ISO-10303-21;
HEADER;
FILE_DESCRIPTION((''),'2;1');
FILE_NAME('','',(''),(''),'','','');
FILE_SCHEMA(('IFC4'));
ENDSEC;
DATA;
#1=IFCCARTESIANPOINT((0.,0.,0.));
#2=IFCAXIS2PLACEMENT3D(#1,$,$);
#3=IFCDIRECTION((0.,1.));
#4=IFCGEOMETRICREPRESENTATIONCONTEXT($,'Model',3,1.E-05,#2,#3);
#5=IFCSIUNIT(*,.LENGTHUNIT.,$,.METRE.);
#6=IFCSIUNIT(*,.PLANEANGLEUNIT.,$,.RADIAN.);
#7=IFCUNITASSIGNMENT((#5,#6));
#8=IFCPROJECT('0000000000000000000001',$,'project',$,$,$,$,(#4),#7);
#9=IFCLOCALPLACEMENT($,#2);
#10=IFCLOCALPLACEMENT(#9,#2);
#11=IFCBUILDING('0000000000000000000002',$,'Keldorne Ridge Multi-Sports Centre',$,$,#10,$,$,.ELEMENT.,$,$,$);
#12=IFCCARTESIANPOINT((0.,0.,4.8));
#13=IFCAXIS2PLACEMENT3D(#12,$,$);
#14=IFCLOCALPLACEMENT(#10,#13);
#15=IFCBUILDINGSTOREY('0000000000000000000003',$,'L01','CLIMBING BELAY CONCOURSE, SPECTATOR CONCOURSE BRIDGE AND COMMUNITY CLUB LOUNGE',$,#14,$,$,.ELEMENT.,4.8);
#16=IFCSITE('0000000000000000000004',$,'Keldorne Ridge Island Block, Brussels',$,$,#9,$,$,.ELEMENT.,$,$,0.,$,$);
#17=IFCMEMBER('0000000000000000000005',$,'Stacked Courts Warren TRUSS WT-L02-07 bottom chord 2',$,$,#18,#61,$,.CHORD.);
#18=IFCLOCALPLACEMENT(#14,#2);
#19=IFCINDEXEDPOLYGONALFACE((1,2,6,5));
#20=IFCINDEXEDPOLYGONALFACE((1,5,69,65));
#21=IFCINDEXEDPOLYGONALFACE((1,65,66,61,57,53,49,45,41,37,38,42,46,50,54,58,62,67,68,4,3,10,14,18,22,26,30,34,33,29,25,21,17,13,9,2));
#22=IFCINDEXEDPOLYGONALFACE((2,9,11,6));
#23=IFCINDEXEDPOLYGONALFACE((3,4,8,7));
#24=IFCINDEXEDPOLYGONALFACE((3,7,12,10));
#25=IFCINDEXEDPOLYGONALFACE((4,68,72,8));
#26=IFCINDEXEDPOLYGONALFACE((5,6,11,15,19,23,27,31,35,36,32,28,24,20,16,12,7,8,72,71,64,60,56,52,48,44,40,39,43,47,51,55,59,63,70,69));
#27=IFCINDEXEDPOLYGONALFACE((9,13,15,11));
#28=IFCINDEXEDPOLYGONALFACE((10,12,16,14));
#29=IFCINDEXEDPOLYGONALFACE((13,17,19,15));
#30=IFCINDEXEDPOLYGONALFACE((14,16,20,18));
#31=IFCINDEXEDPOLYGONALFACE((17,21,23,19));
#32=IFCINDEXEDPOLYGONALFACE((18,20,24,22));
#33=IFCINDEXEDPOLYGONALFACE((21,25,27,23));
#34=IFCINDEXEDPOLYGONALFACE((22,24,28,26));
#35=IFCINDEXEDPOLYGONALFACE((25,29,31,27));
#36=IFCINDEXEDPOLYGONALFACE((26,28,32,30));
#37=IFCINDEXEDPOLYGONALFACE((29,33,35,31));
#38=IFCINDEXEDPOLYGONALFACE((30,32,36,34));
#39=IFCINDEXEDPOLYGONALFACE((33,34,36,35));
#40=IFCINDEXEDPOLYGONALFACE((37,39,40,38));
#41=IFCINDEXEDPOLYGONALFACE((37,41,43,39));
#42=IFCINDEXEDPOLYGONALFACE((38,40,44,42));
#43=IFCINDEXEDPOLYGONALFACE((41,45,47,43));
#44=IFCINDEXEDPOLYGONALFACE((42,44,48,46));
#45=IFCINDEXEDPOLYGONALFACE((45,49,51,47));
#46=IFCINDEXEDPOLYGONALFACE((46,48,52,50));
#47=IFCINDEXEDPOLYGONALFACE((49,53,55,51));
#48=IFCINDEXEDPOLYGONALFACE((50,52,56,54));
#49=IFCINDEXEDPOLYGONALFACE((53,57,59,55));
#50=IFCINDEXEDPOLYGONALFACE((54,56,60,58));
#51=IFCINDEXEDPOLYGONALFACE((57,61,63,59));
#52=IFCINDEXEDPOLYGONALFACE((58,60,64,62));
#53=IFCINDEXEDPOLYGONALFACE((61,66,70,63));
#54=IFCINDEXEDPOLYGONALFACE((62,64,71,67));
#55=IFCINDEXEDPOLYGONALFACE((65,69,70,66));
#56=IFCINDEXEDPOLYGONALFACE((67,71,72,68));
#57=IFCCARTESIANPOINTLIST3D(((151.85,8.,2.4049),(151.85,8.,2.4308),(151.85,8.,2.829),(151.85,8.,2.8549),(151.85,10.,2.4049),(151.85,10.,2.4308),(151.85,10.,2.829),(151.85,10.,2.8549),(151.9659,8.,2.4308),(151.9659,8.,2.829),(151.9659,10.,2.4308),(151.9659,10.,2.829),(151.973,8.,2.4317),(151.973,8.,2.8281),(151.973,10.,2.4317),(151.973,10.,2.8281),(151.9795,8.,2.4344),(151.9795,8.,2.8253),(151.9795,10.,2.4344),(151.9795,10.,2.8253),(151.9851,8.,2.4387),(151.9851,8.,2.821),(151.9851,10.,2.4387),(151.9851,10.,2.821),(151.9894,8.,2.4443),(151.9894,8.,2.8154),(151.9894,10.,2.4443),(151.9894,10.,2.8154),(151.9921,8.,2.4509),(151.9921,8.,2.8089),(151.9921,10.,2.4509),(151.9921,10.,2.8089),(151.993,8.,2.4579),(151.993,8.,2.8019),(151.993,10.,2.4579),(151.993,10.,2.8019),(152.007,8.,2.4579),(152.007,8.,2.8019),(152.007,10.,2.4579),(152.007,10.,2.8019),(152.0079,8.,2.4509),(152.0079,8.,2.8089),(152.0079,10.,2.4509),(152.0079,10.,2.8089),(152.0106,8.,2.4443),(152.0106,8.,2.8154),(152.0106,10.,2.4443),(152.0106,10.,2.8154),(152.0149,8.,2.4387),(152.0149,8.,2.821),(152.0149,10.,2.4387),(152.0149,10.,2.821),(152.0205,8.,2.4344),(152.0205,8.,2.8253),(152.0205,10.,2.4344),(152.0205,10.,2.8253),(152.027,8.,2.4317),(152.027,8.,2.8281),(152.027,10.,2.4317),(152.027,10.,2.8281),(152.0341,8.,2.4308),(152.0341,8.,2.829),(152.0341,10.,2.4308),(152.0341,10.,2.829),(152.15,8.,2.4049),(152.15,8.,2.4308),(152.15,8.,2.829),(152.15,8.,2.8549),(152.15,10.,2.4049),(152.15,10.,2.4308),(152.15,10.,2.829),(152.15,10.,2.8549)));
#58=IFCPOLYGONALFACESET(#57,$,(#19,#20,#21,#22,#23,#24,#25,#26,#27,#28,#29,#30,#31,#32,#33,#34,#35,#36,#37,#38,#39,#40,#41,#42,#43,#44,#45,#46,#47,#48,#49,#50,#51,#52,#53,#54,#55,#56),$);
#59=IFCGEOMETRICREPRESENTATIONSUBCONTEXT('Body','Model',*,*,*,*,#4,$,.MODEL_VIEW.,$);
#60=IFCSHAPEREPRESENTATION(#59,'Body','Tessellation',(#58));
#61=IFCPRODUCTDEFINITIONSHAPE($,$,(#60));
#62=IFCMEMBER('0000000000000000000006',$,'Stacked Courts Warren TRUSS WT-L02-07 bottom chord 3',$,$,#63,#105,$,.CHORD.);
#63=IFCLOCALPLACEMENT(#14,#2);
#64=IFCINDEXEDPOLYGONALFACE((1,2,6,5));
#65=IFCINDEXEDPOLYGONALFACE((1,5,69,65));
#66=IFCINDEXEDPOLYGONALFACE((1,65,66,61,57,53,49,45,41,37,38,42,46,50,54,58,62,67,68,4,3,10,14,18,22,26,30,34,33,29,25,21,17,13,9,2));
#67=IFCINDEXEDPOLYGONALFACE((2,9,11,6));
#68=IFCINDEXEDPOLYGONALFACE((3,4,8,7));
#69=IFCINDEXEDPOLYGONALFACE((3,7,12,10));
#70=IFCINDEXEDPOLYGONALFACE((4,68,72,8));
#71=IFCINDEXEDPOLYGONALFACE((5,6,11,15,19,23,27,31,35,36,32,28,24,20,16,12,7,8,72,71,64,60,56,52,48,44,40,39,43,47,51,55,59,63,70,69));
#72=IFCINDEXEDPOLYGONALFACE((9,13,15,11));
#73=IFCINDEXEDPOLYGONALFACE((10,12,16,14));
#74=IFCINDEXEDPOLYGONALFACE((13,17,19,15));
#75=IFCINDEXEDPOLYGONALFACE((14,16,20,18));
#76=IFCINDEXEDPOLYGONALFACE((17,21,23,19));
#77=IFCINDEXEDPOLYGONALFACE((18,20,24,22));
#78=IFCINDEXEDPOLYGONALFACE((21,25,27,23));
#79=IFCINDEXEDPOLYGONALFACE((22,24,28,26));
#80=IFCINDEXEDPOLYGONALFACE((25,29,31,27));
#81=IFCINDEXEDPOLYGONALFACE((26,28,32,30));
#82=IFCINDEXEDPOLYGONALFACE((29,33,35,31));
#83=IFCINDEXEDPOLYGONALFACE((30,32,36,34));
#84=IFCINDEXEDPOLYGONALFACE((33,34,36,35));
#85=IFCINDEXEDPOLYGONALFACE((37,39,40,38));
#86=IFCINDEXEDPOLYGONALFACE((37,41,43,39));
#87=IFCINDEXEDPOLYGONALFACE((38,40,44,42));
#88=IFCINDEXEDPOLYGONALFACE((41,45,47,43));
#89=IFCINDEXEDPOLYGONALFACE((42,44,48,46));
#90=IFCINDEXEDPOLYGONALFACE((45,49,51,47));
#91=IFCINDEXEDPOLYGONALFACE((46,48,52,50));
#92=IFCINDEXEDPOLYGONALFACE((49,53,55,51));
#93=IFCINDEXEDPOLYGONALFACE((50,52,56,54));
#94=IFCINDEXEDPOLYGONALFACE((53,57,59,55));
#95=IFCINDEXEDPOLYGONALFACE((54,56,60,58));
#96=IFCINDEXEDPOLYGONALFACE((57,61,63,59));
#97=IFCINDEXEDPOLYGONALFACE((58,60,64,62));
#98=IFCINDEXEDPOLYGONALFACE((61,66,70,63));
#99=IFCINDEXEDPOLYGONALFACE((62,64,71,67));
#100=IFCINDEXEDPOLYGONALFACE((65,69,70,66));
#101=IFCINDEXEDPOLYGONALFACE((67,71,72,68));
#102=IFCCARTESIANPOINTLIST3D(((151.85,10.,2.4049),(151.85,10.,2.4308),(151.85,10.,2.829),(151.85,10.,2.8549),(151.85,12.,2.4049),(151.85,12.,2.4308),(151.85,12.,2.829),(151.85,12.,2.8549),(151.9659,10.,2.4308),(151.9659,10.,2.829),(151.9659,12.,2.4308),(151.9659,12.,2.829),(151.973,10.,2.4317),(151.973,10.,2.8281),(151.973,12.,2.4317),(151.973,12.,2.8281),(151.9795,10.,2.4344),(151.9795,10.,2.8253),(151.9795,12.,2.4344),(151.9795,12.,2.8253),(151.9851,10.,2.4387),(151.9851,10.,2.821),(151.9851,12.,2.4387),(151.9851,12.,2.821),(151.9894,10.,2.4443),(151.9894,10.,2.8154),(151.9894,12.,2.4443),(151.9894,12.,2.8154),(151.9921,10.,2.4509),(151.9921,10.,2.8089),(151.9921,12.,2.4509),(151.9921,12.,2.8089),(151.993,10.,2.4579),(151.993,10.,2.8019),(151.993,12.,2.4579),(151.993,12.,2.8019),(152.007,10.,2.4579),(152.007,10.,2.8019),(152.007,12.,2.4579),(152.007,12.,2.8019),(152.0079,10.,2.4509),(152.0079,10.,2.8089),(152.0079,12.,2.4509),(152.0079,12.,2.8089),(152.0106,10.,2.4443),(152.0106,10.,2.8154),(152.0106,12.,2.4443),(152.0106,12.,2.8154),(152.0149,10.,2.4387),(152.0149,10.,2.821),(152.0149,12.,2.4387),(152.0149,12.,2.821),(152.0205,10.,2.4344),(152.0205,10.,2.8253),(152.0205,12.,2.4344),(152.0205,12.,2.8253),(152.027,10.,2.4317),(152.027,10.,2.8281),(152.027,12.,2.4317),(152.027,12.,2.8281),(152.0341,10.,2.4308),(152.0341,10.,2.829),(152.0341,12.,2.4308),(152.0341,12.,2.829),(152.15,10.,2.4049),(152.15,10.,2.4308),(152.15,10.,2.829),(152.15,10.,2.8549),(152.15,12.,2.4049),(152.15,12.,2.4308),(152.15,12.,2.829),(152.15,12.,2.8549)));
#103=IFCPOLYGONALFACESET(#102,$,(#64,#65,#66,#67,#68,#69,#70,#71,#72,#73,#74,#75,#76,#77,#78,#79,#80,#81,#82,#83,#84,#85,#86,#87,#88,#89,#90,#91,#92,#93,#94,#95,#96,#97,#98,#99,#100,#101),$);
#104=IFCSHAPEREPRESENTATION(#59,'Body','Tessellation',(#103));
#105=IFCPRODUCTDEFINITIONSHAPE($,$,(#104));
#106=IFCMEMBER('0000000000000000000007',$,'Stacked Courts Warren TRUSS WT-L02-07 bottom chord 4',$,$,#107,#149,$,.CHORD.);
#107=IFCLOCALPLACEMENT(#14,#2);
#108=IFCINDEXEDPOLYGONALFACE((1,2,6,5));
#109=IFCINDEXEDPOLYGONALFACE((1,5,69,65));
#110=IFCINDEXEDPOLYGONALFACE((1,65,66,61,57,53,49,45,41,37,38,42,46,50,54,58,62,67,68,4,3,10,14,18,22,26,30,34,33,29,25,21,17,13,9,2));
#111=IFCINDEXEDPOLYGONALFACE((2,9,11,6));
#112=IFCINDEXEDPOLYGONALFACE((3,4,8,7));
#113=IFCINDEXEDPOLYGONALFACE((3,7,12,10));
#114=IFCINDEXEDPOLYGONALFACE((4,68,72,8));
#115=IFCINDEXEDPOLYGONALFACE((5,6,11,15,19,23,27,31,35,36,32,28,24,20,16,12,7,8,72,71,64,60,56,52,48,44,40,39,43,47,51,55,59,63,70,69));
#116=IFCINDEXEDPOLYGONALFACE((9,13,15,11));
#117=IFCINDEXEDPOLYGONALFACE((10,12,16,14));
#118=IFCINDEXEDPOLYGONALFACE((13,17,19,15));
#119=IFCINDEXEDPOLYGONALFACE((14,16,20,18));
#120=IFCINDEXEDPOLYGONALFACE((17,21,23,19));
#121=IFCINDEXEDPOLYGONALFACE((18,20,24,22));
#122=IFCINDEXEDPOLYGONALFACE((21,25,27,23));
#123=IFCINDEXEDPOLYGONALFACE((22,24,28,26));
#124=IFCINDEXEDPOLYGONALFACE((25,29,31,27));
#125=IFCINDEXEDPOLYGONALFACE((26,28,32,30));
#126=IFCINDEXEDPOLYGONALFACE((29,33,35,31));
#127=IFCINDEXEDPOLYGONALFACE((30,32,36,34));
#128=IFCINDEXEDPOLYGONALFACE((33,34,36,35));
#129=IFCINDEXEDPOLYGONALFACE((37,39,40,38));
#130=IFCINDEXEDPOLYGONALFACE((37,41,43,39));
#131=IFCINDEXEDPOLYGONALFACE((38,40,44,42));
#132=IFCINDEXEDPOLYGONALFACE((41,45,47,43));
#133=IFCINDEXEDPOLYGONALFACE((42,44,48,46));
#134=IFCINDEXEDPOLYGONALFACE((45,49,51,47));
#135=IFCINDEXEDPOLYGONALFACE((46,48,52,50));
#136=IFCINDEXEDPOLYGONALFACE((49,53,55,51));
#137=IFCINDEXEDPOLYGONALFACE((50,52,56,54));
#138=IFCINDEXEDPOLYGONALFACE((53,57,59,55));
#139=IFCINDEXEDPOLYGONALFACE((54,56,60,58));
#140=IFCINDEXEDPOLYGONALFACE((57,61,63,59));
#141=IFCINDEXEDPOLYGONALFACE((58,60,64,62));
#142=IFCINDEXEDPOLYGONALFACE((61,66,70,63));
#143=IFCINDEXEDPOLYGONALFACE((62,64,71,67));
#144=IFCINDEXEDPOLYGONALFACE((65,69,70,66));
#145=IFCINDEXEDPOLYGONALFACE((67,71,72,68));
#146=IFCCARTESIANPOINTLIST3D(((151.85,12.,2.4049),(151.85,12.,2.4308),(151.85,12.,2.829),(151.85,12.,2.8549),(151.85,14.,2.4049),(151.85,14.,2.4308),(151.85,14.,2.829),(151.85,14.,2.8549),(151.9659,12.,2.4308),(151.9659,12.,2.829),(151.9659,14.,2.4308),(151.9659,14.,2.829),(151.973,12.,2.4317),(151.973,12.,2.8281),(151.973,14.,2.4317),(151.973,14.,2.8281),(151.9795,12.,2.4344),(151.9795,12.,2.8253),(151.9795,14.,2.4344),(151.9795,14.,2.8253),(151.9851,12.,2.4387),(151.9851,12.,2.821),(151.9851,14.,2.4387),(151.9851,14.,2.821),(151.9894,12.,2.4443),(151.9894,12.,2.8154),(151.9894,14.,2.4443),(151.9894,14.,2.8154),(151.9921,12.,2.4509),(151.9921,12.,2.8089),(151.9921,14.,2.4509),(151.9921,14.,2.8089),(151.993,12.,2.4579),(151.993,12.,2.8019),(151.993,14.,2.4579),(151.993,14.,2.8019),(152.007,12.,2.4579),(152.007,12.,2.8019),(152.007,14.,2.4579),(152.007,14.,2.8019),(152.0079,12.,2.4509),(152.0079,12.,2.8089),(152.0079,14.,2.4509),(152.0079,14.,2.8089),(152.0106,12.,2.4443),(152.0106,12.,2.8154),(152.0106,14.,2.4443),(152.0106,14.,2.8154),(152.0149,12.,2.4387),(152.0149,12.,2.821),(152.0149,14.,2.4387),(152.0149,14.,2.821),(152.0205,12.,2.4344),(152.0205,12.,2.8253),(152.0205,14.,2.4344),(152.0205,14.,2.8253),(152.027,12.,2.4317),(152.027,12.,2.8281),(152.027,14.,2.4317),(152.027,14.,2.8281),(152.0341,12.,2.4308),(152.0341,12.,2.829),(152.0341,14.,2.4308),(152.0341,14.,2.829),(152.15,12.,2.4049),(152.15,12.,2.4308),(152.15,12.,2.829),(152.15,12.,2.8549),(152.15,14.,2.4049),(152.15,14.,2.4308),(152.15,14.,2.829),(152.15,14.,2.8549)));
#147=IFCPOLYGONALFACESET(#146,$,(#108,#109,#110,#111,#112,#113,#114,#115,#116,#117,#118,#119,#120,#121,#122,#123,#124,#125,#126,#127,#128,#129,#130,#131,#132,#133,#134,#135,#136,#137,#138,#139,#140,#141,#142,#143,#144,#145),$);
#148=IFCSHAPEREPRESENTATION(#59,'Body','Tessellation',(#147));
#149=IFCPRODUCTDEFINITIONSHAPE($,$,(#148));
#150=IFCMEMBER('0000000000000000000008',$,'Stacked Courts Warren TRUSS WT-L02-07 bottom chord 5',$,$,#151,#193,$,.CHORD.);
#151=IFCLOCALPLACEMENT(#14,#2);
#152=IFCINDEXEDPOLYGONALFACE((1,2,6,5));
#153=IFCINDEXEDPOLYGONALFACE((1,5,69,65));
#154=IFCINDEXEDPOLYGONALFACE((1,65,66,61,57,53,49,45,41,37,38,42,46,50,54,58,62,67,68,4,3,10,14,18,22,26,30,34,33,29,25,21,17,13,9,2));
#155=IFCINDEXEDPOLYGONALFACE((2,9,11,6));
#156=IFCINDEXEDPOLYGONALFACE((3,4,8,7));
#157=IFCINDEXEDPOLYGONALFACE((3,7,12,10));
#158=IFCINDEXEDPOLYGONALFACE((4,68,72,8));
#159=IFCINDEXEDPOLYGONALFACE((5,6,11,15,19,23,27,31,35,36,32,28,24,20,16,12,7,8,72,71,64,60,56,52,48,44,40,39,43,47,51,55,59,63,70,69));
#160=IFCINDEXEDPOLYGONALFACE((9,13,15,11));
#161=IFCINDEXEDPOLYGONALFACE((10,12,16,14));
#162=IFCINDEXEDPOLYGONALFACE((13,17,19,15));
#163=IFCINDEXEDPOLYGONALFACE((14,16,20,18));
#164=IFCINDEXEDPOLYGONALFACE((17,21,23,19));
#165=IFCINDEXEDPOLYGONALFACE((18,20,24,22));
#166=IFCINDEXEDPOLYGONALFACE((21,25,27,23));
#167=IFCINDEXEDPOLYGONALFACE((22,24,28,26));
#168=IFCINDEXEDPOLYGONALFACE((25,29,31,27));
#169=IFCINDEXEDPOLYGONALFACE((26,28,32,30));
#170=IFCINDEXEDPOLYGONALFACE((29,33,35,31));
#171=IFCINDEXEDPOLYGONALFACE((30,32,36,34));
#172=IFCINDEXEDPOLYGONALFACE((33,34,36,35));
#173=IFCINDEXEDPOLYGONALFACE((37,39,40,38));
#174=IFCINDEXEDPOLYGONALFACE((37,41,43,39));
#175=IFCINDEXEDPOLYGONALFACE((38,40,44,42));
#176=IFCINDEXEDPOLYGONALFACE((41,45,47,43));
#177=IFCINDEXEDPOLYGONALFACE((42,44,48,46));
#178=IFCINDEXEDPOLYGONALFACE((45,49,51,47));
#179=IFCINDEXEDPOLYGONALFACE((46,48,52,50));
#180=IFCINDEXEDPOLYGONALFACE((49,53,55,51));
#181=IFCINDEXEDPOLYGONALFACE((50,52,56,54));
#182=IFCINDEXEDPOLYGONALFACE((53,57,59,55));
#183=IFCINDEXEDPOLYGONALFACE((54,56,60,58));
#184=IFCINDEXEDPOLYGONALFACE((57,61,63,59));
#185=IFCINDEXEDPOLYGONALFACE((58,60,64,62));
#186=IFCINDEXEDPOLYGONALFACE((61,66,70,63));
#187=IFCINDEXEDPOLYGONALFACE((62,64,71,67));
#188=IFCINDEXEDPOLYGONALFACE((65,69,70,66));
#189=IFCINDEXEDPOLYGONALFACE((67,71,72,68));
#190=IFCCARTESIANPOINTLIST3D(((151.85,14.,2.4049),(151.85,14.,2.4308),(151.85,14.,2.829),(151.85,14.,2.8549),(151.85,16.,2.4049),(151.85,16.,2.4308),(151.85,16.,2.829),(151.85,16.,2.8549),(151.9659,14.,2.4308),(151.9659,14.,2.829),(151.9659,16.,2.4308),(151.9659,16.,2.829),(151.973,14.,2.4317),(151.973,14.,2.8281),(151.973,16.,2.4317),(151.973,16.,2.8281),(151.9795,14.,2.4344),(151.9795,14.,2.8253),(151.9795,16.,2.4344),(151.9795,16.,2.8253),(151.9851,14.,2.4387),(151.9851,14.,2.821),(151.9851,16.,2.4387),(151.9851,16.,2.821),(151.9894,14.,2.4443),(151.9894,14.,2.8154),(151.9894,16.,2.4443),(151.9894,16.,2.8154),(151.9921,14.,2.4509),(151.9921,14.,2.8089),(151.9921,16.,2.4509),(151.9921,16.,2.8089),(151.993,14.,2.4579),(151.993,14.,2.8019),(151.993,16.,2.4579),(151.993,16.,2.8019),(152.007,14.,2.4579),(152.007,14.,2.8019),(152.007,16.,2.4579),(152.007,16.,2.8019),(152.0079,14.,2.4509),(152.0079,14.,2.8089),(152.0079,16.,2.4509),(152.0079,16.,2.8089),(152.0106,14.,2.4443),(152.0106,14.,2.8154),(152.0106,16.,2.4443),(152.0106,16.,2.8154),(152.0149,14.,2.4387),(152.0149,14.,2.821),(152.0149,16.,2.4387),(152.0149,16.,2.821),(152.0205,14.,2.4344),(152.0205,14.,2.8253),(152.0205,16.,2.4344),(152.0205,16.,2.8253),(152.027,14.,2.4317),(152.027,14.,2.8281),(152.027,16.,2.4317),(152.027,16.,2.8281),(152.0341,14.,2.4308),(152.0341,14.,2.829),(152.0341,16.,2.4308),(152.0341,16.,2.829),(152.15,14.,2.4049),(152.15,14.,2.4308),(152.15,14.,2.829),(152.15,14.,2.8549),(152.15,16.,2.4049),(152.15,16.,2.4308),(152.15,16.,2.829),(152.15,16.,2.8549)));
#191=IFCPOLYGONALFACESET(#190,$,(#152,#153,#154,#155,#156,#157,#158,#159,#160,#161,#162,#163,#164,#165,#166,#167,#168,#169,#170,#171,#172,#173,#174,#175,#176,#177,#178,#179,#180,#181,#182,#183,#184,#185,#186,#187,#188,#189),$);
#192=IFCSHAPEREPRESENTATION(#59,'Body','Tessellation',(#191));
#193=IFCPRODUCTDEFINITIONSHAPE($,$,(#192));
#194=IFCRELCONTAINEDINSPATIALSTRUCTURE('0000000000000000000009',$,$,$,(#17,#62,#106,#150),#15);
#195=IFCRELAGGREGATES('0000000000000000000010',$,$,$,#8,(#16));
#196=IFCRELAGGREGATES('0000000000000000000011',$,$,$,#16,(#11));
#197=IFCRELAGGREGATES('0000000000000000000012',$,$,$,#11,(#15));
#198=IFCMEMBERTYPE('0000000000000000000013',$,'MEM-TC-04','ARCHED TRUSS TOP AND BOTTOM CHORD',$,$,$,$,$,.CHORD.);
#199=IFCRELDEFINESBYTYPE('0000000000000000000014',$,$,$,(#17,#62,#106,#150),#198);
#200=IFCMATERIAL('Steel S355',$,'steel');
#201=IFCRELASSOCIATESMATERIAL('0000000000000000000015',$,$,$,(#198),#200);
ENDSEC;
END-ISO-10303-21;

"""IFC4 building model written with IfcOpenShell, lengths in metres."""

from ifc_helpers import new_model, si_unit, direction, frame, origin, origin_2d, place, context, subcontext, project, spatial, i_section, extrude, material, material_profile, profile_set, type_object, element, save


model = new_model("IFC4")

# Units and contexts
model_context = context("Model", 3, precision=1e-05, world=origin(), true_north=direction((0.0, 1.0)))
body_context = subcontext(model_context, "Body", "Model", "MODEL_VIEW")
ifc_project = project(units=[si_unit("LENGTHUNIT", "METRE"), si_unit("PLANEANGLEUNIT", "RADIAN")], contexts=[model_context])

# Site, building, storey
site_placement = place(None, origin())
site = spatial("IfcSite", under=ifc_project, at=site_placement, Name="Keldorne Ridge Island Block, Brussels", CompositionType="ELEMENT", RefElevation=0.0)
building_placement = place(site_placement, origin())
building = spatial("IfcBuilding", under=site, at=building_placement, Name="Keldorne Ridge Multi-Sports Centre", CompositionType="ELEMENT")
storey_placement = place(building_placement, frame((0.0, 0.0, 4.8)))
storey = spatial("IfcBuildingStorey", under=building, at=storey_placement, Name="L01", Description="CLIMBING BELAY CONCOURSE, SPECTATOR CONCOURSE BRIDGE AND COMMUNITY CLUB LOUNGE", CompositionType="ELEMENT", Elevation=4.8)

# Shared definitions
ifc_material_1 = material(Name="Steel S355", Category="steel")

# Members
ifc_material_profile_1 = material_profile(ifc_material_1, i_section(OverallWidth=0.3, OverallDepth=0.45, WebThickness=0.0139, FlangeThickness=0.0259, FilletRadius=0.0271, at=origin_2d()), Name="HEB 450")
ifc_profile_set_1 = profile_set([ifc_material_profile_1], Name="Steel S355")
member_type_1 = type_object("IfcMemberType", Name="MEM-TC-04", Description="ARCHED TRUSS TOP AND BOTTOM CHORD", PredefinedType="CHORD", material=ifc_profile_set_1)
for number, where, z_axis, x_axis, name in (
    (1, (152.0, 8.0, 2.6299), (0.0, 1.0, 0.0), (-1.0, 0.0, 0.0), "Stacked Courts Warren TRUSS WT-L02-07 bottom chord 2"),
    (2, (152.0, 10.0, 2.6299), (0.0, 1.0, 0.0), (-1.0, 0.0, 0.0), "Stacked Courts Warren TRUSS WT-L02-07 bottom chord 3"),
    (3, (152.0, 12.0, 2.6299), (0.0, 1.0, 0.0), (-1.0, 0.0, 0.0), "Stacked Courts Warren TRUSS WT-L02-07 bottom chord 4"),
    (4, (152.0, 14.0, 2.6299), (0.0, 1.0, 0.0), (-1.0, 0.0, 0.0), "Stacked Courts Warren TRUSS WT-L02-07 bottom chord 5"),
):
    element("IfcMember", number, at=place(storey_placement, frame(where, z_axis=z_axis, x_axis=x_axis)), inside=storey, type_object=member_type_1, Name=name, PredefinedType="CHORD", context=body_context, shape_type="SweptSolid", body=[
        extrude(i_section(OverallWidth=0.3, OverallDepth=0.45, WebThickness=0.0139, FlangeThickness=0.0259, FilletRadius=0.0271, at=origin_2d()), origin(), (0.0, 0.0, 1.0), 2.0),
    ])

save(model, "model.ifc")
